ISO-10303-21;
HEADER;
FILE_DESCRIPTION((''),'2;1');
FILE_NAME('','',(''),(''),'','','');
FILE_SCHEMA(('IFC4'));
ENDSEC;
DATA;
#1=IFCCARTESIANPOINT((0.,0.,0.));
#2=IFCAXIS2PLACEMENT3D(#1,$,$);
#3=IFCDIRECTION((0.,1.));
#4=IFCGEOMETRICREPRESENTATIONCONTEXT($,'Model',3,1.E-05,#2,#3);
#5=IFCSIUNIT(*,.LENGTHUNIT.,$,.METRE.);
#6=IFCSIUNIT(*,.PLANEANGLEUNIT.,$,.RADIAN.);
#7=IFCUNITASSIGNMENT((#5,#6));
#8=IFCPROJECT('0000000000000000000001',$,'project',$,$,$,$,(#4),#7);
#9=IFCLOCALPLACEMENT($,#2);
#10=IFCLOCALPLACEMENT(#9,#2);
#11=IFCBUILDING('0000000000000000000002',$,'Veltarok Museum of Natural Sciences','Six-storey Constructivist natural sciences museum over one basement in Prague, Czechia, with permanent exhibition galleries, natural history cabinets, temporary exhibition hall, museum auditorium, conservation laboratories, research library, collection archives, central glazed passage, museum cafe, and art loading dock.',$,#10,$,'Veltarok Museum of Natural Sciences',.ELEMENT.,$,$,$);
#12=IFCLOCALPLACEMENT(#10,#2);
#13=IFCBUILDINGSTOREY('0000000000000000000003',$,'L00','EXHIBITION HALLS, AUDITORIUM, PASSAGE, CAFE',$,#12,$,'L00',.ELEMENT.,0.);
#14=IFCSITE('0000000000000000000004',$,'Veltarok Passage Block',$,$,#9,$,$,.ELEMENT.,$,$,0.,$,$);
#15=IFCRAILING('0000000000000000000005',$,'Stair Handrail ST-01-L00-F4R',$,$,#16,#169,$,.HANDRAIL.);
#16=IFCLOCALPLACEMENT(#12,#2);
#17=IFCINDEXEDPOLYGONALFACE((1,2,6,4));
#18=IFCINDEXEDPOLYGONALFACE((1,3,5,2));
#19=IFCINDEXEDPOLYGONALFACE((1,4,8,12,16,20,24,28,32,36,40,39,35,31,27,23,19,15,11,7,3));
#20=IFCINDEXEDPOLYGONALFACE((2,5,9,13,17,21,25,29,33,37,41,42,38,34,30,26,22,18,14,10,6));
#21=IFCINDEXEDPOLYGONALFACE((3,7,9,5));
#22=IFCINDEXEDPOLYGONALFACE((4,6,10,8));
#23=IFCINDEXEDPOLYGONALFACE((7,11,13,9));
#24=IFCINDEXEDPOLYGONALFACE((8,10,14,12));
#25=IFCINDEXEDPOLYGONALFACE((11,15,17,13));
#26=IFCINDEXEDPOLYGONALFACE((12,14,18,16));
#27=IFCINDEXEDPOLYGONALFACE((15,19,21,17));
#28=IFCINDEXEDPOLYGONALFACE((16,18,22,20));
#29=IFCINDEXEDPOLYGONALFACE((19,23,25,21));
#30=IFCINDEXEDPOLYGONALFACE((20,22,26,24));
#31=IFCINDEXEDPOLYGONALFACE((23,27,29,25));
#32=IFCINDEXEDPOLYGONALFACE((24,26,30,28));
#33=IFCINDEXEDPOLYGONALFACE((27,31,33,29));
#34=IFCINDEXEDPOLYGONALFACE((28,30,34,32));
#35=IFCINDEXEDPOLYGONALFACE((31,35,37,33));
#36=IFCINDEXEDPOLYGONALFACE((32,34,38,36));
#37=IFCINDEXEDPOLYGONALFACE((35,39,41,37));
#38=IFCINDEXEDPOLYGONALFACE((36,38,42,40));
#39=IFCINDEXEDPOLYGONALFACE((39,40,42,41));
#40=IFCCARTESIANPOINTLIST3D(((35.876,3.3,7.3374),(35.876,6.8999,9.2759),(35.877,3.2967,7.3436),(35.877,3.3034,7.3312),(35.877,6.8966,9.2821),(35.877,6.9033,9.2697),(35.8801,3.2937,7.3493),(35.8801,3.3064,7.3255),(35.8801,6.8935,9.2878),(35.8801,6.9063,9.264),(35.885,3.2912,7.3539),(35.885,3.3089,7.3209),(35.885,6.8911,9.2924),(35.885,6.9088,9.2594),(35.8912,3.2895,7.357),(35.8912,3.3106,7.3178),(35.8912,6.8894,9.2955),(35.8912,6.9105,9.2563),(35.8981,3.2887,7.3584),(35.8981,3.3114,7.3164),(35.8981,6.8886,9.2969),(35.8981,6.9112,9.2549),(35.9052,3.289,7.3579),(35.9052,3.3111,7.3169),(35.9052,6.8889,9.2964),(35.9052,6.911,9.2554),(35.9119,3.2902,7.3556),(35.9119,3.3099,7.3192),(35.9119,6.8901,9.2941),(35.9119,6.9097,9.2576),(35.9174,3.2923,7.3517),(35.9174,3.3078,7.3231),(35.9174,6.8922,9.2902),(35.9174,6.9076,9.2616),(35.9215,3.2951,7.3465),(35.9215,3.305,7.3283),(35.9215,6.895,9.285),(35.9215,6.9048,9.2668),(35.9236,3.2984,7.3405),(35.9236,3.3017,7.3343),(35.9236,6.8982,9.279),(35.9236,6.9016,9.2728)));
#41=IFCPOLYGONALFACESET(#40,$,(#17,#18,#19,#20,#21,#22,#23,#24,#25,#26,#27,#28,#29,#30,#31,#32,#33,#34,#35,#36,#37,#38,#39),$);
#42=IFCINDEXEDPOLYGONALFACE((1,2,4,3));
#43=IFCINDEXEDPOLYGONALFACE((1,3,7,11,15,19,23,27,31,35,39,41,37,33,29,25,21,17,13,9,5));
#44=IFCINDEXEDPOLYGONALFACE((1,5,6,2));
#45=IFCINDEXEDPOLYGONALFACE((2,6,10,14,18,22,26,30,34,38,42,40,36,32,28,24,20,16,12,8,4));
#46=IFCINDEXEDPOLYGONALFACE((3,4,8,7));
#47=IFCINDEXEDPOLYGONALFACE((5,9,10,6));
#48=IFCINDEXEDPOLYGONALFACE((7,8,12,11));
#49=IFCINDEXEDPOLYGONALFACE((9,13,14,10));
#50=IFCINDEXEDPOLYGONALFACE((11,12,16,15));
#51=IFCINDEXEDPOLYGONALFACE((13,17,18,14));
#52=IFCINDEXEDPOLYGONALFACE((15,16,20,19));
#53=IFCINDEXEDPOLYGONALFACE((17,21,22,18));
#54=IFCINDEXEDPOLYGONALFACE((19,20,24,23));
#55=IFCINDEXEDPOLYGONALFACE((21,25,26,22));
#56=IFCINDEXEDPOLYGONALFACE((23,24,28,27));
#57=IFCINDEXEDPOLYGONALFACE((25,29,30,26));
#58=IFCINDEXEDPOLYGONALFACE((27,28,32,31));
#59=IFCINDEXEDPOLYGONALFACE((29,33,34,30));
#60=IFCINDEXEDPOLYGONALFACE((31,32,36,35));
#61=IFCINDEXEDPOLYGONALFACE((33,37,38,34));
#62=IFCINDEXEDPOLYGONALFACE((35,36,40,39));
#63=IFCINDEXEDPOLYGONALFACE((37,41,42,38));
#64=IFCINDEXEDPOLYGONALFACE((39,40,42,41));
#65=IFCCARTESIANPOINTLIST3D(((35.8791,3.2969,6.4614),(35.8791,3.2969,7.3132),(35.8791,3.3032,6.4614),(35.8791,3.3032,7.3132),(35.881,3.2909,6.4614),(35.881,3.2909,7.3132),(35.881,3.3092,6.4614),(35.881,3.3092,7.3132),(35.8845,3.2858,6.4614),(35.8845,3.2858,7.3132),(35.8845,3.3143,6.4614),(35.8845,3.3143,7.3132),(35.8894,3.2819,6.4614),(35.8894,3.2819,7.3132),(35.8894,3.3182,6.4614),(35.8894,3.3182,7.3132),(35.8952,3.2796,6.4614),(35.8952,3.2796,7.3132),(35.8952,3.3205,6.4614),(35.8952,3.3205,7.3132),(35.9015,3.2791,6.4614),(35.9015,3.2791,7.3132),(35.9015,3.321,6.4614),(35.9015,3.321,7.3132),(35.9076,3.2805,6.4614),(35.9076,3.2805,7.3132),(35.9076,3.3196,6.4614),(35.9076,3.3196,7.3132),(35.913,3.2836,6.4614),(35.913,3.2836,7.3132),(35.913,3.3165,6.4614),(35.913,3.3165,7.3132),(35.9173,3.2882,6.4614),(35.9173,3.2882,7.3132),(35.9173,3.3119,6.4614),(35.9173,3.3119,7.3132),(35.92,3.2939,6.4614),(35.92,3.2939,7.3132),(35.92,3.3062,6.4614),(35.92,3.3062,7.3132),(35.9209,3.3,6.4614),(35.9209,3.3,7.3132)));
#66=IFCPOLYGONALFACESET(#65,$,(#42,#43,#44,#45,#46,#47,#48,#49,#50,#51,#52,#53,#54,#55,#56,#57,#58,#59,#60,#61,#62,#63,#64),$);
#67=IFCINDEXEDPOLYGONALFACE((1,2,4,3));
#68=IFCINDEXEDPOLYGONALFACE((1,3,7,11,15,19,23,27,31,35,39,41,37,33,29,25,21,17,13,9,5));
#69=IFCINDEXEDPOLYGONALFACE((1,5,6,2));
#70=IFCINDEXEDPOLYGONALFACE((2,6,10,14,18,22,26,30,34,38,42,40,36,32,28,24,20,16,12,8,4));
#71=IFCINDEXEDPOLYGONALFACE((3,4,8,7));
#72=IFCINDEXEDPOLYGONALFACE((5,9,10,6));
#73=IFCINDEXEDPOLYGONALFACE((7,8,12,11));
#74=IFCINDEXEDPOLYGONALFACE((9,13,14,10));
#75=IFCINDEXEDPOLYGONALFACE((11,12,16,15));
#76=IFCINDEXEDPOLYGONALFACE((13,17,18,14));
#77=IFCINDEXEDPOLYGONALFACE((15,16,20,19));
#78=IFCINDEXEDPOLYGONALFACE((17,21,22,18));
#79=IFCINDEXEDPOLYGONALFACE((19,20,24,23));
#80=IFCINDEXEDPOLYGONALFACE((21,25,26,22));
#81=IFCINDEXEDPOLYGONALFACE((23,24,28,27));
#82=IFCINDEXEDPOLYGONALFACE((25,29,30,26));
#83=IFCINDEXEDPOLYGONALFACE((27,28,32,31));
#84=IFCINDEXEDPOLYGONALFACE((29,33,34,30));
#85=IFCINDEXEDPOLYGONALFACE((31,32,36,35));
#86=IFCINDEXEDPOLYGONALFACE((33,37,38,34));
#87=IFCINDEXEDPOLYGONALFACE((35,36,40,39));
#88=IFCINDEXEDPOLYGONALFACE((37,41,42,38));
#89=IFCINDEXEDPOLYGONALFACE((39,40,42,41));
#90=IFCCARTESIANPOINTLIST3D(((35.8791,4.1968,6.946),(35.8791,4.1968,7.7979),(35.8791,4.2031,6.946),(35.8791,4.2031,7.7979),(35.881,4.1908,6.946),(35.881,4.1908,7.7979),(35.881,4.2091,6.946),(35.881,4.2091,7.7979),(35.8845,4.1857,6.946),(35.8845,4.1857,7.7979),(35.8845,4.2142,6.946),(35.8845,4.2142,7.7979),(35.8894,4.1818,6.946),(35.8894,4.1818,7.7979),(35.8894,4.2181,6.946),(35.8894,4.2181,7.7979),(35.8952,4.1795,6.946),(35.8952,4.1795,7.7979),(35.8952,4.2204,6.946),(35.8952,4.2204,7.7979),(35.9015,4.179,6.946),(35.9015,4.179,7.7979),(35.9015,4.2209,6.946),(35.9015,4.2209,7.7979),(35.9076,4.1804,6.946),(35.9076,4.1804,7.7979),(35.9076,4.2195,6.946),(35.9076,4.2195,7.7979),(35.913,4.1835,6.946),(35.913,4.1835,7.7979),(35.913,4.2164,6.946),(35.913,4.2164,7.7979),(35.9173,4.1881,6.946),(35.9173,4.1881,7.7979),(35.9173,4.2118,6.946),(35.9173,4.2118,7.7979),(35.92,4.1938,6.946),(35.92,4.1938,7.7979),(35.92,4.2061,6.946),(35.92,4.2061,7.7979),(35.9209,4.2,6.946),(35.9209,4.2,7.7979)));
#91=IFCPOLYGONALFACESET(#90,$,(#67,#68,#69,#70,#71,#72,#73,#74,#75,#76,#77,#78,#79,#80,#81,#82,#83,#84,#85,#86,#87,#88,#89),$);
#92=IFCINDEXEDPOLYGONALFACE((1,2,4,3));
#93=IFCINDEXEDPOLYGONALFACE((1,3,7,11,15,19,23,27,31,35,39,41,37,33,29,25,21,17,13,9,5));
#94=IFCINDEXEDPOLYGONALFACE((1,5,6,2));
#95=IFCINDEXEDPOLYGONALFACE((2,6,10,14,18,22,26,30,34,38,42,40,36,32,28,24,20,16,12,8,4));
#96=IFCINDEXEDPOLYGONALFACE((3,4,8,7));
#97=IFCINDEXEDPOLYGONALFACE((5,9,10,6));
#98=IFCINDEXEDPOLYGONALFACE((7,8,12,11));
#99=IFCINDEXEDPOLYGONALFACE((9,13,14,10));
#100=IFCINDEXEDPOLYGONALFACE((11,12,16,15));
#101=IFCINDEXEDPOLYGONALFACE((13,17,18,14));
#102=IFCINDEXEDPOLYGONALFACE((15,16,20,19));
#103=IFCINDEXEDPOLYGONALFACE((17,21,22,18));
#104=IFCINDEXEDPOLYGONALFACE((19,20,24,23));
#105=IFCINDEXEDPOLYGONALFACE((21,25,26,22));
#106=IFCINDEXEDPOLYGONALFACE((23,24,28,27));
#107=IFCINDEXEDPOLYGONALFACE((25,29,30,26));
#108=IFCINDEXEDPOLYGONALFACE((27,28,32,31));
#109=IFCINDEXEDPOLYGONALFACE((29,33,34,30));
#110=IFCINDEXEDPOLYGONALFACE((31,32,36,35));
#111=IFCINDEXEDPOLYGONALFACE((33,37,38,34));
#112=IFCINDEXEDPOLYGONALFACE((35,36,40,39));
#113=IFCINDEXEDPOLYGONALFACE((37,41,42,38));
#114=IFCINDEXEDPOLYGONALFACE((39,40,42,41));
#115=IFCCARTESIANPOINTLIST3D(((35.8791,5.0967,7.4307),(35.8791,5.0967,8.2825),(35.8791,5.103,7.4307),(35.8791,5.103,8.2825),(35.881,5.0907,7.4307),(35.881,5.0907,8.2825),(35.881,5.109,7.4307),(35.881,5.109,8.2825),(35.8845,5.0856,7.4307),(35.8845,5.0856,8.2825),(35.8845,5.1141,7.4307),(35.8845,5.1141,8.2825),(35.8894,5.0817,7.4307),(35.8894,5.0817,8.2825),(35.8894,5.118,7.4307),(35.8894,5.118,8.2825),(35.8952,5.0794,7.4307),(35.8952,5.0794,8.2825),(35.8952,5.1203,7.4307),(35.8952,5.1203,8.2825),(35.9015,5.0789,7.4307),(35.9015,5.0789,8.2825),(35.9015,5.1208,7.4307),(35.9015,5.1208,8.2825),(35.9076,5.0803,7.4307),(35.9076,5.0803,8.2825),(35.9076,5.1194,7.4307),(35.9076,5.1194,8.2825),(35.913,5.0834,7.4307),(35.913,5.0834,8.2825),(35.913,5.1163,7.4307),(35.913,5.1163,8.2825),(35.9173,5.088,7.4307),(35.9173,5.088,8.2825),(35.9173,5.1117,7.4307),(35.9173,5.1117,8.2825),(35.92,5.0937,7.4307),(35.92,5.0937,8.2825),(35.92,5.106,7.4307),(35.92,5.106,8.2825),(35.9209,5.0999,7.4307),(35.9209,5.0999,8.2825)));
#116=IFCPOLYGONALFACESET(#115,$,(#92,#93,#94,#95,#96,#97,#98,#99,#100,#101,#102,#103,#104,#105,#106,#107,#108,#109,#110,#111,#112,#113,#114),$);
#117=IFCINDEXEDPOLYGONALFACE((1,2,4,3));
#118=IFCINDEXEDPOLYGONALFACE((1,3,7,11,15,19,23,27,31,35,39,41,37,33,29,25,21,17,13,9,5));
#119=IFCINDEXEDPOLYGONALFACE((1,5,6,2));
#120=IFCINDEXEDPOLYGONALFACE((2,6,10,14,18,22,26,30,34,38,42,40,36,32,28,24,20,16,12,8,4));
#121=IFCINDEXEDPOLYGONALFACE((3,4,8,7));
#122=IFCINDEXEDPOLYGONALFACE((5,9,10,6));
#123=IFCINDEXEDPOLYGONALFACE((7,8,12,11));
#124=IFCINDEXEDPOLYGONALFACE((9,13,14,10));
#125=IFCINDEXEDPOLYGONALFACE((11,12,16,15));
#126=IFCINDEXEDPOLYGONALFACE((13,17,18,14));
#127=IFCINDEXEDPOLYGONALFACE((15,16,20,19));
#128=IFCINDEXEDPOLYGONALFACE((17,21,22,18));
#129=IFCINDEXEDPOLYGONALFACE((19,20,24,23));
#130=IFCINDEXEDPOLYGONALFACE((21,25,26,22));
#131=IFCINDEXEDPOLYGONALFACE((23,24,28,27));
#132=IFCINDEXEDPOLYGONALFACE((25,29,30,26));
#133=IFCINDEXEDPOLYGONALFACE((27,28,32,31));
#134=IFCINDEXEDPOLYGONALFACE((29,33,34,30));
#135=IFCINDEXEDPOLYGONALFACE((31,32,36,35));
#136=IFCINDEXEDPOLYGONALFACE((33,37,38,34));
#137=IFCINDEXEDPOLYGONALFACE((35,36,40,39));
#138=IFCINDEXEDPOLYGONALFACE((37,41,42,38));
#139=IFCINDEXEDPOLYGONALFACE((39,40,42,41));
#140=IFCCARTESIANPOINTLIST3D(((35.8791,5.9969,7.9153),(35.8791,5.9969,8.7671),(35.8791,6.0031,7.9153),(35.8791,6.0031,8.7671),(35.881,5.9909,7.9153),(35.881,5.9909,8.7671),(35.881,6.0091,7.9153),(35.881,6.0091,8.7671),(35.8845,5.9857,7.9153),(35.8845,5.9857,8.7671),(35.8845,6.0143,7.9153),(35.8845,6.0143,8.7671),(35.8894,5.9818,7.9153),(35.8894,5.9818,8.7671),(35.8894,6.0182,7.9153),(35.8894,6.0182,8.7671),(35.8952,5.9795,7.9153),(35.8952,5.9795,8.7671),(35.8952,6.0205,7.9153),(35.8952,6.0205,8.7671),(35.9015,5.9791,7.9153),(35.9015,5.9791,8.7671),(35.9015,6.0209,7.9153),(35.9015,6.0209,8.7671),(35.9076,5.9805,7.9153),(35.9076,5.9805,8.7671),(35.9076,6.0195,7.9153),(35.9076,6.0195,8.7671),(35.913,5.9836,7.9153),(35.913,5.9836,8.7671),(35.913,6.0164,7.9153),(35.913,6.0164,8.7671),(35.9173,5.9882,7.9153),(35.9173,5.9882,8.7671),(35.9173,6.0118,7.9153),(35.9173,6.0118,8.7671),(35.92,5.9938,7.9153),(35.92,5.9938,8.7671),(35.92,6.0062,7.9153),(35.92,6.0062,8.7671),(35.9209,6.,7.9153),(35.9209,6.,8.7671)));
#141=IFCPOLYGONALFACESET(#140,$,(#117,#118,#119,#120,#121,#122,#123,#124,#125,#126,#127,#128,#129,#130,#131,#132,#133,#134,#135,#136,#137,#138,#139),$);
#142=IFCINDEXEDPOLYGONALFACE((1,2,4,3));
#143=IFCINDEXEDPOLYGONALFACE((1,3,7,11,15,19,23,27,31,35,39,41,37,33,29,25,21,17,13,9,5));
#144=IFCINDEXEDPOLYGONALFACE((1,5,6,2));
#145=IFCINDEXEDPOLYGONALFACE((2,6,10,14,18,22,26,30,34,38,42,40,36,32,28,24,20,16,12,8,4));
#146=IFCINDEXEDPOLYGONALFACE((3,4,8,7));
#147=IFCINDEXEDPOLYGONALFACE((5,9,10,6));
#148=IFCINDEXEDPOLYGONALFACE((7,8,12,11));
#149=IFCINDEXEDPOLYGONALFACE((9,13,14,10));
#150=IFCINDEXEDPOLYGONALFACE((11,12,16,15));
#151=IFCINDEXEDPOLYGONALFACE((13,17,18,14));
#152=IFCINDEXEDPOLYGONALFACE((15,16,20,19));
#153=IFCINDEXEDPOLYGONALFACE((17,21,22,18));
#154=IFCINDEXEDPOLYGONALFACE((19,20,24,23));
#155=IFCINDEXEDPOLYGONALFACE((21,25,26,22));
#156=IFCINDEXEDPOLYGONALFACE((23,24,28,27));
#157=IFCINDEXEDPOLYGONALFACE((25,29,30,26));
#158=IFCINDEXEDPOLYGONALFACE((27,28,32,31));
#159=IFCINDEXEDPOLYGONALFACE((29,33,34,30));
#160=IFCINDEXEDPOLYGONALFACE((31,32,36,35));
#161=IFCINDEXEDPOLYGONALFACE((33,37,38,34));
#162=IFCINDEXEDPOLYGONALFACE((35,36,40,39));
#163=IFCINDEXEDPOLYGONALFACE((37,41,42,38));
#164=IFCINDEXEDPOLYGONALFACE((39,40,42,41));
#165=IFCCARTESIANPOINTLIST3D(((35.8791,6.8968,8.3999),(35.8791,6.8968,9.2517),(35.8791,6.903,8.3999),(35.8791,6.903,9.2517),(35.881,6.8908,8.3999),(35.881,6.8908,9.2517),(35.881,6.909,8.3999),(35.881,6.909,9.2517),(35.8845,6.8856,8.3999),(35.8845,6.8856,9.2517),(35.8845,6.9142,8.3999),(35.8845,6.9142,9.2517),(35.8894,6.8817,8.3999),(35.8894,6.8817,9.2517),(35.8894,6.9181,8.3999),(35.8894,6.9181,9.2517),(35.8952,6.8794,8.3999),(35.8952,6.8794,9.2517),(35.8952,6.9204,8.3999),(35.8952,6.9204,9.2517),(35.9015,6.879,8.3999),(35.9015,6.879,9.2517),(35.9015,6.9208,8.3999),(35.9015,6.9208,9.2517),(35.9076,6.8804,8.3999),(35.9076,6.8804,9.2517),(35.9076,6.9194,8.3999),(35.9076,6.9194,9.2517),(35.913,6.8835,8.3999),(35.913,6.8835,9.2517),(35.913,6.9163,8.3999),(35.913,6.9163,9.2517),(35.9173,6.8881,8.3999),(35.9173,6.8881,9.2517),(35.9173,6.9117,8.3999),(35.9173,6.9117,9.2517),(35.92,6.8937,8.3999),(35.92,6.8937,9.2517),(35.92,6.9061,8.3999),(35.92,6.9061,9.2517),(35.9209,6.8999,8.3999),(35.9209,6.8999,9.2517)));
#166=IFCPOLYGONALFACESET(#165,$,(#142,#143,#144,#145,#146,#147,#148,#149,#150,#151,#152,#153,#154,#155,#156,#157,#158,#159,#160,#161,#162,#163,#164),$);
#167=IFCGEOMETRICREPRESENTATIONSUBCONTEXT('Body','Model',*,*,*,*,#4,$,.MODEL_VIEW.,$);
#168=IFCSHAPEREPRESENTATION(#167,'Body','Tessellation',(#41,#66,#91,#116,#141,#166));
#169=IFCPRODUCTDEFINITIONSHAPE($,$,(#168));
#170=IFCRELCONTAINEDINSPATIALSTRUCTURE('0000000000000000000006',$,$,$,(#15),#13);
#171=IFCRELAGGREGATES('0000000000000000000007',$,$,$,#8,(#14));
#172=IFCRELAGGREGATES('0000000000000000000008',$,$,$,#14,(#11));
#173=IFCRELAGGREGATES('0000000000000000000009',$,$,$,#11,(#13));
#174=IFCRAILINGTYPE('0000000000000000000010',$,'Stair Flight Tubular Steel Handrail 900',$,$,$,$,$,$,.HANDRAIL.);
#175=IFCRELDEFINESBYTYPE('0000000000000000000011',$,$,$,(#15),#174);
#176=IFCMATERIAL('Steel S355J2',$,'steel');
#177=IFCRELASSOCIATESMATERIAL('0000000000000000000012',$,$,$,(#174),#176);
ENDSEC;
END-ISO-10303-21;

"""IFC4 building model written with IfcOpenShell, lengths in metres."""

from ifc_helpers import new_model, si_unit, direction, frame, origin, origin_2d, place, context, subcontext, project, spatial, circle, extrude, material, type_object, element, save


model = new_model("IFC4")

# Units and contexts
model_context = context("Model", 3, precision=1e-05, world=origin(), true_north=direction((0.0, 1.0)))
body_context = subcontext(model_context, "Body", "Model", "MODEL_VIEW")
ifc_project = project(units=[si_unit("LENGTHUNIT", "METRE"), si_unit("PLANEANGLEUNIT", "RADIAN")], contexts=[model_context])

# Site, building, storey
site_placement = place(None, origin())
site = spatial("IfcSite", under=ifc_project, at=site_placement, Name="Veltarok Passage Block", CompositionType="ELEMENT", RefElevation=0.0)
building_placement = place(site_placement, origin())
building = spatial("IfcBuilding", under=site, at=building_placement, Name="Veltarok Museum of Natural Sciences", Description="Six-storey Constructivist natural sciences museum over one basement in Prague, Czechia, with permanent exhibition galleries, natural history cabinets, temporary exhibition hall, museum auditorium, conservation laboratories, research library, collection archives, central glazed passage, museum cafe, and art loading dock.", LongName="Veltarok Museum of Natural Sciences", CompositionType="ELEMENT")
storey_placement = place(building_placement, origin())
storey = spatial("IfcBuildingStorey", under=building, at=storey_placement, Name="L00", Description="EXHIBITION HALLS, AUDITORIUM, PASSAGE, CAFE", LongName="L00", CompositionType="ELEMENT", Elevation=0.0)

# Shared definitions
ifc_material_1 = material(Name="Steel S355J2", Category="steel")

# Railing
railing_type_1 = type_object("IfcRailingType", Name="Stair Flight Tubular Steel Handrail 900", PredefinedType="HANDRAIL", material=ifc_material_1)
for number, where, name in (
    (1, (35.8999, 3.3, 6.4614), "Stair Handrail ST-01-L00-F4R"),
):
    element("IfcRailing", number, at=place(storey_placement, frame(where)), inside=storey, type_object=railing_type_1, Name=name, PredefinedType="HANDRAIL", context=body_context, shape_type="SweptSolid", body=[
        extrude(circle(Radius=0.0239, at=origin_2d()), frame((0.0, 0.0, 0.876), z_axis=(0.0, 0.880462, 0.474118), x_axis=(-1.0, 0.0, 0.0)), (0.0, 0.0, 1.0), 4.0886),
        extrude(circle(Radius=0.021, at=origin_2d()), origin(), (0.0, 0.0, 1.0), 0.8518),
        extrude(circle(Radius=0.021, at=origin_2d()), frame((0.0, 0.8999, 0.4846)), (0.0, 0.0, 1.0), 0.8518),
        extrude(circle(Radius=0.021, at=origin_2d()), frame((0.0, 1.7998, 0.9692)), (0.0, 0.0, 1.0), 0.8518),
        extrude(circle(Radius=0.021, at=origin_2d()), frame((0.0, 2.7, 1.4539)), (0.0, 0.0, 1.0), 0.8518),
        extrude(circle(Radius=0.021, at=origin_2d()), frame((0.0, 3.5999, 1.9385)), (0.0, 0.0, 1.0), 0.8518),
    ])

save(model, "model.ifc")
